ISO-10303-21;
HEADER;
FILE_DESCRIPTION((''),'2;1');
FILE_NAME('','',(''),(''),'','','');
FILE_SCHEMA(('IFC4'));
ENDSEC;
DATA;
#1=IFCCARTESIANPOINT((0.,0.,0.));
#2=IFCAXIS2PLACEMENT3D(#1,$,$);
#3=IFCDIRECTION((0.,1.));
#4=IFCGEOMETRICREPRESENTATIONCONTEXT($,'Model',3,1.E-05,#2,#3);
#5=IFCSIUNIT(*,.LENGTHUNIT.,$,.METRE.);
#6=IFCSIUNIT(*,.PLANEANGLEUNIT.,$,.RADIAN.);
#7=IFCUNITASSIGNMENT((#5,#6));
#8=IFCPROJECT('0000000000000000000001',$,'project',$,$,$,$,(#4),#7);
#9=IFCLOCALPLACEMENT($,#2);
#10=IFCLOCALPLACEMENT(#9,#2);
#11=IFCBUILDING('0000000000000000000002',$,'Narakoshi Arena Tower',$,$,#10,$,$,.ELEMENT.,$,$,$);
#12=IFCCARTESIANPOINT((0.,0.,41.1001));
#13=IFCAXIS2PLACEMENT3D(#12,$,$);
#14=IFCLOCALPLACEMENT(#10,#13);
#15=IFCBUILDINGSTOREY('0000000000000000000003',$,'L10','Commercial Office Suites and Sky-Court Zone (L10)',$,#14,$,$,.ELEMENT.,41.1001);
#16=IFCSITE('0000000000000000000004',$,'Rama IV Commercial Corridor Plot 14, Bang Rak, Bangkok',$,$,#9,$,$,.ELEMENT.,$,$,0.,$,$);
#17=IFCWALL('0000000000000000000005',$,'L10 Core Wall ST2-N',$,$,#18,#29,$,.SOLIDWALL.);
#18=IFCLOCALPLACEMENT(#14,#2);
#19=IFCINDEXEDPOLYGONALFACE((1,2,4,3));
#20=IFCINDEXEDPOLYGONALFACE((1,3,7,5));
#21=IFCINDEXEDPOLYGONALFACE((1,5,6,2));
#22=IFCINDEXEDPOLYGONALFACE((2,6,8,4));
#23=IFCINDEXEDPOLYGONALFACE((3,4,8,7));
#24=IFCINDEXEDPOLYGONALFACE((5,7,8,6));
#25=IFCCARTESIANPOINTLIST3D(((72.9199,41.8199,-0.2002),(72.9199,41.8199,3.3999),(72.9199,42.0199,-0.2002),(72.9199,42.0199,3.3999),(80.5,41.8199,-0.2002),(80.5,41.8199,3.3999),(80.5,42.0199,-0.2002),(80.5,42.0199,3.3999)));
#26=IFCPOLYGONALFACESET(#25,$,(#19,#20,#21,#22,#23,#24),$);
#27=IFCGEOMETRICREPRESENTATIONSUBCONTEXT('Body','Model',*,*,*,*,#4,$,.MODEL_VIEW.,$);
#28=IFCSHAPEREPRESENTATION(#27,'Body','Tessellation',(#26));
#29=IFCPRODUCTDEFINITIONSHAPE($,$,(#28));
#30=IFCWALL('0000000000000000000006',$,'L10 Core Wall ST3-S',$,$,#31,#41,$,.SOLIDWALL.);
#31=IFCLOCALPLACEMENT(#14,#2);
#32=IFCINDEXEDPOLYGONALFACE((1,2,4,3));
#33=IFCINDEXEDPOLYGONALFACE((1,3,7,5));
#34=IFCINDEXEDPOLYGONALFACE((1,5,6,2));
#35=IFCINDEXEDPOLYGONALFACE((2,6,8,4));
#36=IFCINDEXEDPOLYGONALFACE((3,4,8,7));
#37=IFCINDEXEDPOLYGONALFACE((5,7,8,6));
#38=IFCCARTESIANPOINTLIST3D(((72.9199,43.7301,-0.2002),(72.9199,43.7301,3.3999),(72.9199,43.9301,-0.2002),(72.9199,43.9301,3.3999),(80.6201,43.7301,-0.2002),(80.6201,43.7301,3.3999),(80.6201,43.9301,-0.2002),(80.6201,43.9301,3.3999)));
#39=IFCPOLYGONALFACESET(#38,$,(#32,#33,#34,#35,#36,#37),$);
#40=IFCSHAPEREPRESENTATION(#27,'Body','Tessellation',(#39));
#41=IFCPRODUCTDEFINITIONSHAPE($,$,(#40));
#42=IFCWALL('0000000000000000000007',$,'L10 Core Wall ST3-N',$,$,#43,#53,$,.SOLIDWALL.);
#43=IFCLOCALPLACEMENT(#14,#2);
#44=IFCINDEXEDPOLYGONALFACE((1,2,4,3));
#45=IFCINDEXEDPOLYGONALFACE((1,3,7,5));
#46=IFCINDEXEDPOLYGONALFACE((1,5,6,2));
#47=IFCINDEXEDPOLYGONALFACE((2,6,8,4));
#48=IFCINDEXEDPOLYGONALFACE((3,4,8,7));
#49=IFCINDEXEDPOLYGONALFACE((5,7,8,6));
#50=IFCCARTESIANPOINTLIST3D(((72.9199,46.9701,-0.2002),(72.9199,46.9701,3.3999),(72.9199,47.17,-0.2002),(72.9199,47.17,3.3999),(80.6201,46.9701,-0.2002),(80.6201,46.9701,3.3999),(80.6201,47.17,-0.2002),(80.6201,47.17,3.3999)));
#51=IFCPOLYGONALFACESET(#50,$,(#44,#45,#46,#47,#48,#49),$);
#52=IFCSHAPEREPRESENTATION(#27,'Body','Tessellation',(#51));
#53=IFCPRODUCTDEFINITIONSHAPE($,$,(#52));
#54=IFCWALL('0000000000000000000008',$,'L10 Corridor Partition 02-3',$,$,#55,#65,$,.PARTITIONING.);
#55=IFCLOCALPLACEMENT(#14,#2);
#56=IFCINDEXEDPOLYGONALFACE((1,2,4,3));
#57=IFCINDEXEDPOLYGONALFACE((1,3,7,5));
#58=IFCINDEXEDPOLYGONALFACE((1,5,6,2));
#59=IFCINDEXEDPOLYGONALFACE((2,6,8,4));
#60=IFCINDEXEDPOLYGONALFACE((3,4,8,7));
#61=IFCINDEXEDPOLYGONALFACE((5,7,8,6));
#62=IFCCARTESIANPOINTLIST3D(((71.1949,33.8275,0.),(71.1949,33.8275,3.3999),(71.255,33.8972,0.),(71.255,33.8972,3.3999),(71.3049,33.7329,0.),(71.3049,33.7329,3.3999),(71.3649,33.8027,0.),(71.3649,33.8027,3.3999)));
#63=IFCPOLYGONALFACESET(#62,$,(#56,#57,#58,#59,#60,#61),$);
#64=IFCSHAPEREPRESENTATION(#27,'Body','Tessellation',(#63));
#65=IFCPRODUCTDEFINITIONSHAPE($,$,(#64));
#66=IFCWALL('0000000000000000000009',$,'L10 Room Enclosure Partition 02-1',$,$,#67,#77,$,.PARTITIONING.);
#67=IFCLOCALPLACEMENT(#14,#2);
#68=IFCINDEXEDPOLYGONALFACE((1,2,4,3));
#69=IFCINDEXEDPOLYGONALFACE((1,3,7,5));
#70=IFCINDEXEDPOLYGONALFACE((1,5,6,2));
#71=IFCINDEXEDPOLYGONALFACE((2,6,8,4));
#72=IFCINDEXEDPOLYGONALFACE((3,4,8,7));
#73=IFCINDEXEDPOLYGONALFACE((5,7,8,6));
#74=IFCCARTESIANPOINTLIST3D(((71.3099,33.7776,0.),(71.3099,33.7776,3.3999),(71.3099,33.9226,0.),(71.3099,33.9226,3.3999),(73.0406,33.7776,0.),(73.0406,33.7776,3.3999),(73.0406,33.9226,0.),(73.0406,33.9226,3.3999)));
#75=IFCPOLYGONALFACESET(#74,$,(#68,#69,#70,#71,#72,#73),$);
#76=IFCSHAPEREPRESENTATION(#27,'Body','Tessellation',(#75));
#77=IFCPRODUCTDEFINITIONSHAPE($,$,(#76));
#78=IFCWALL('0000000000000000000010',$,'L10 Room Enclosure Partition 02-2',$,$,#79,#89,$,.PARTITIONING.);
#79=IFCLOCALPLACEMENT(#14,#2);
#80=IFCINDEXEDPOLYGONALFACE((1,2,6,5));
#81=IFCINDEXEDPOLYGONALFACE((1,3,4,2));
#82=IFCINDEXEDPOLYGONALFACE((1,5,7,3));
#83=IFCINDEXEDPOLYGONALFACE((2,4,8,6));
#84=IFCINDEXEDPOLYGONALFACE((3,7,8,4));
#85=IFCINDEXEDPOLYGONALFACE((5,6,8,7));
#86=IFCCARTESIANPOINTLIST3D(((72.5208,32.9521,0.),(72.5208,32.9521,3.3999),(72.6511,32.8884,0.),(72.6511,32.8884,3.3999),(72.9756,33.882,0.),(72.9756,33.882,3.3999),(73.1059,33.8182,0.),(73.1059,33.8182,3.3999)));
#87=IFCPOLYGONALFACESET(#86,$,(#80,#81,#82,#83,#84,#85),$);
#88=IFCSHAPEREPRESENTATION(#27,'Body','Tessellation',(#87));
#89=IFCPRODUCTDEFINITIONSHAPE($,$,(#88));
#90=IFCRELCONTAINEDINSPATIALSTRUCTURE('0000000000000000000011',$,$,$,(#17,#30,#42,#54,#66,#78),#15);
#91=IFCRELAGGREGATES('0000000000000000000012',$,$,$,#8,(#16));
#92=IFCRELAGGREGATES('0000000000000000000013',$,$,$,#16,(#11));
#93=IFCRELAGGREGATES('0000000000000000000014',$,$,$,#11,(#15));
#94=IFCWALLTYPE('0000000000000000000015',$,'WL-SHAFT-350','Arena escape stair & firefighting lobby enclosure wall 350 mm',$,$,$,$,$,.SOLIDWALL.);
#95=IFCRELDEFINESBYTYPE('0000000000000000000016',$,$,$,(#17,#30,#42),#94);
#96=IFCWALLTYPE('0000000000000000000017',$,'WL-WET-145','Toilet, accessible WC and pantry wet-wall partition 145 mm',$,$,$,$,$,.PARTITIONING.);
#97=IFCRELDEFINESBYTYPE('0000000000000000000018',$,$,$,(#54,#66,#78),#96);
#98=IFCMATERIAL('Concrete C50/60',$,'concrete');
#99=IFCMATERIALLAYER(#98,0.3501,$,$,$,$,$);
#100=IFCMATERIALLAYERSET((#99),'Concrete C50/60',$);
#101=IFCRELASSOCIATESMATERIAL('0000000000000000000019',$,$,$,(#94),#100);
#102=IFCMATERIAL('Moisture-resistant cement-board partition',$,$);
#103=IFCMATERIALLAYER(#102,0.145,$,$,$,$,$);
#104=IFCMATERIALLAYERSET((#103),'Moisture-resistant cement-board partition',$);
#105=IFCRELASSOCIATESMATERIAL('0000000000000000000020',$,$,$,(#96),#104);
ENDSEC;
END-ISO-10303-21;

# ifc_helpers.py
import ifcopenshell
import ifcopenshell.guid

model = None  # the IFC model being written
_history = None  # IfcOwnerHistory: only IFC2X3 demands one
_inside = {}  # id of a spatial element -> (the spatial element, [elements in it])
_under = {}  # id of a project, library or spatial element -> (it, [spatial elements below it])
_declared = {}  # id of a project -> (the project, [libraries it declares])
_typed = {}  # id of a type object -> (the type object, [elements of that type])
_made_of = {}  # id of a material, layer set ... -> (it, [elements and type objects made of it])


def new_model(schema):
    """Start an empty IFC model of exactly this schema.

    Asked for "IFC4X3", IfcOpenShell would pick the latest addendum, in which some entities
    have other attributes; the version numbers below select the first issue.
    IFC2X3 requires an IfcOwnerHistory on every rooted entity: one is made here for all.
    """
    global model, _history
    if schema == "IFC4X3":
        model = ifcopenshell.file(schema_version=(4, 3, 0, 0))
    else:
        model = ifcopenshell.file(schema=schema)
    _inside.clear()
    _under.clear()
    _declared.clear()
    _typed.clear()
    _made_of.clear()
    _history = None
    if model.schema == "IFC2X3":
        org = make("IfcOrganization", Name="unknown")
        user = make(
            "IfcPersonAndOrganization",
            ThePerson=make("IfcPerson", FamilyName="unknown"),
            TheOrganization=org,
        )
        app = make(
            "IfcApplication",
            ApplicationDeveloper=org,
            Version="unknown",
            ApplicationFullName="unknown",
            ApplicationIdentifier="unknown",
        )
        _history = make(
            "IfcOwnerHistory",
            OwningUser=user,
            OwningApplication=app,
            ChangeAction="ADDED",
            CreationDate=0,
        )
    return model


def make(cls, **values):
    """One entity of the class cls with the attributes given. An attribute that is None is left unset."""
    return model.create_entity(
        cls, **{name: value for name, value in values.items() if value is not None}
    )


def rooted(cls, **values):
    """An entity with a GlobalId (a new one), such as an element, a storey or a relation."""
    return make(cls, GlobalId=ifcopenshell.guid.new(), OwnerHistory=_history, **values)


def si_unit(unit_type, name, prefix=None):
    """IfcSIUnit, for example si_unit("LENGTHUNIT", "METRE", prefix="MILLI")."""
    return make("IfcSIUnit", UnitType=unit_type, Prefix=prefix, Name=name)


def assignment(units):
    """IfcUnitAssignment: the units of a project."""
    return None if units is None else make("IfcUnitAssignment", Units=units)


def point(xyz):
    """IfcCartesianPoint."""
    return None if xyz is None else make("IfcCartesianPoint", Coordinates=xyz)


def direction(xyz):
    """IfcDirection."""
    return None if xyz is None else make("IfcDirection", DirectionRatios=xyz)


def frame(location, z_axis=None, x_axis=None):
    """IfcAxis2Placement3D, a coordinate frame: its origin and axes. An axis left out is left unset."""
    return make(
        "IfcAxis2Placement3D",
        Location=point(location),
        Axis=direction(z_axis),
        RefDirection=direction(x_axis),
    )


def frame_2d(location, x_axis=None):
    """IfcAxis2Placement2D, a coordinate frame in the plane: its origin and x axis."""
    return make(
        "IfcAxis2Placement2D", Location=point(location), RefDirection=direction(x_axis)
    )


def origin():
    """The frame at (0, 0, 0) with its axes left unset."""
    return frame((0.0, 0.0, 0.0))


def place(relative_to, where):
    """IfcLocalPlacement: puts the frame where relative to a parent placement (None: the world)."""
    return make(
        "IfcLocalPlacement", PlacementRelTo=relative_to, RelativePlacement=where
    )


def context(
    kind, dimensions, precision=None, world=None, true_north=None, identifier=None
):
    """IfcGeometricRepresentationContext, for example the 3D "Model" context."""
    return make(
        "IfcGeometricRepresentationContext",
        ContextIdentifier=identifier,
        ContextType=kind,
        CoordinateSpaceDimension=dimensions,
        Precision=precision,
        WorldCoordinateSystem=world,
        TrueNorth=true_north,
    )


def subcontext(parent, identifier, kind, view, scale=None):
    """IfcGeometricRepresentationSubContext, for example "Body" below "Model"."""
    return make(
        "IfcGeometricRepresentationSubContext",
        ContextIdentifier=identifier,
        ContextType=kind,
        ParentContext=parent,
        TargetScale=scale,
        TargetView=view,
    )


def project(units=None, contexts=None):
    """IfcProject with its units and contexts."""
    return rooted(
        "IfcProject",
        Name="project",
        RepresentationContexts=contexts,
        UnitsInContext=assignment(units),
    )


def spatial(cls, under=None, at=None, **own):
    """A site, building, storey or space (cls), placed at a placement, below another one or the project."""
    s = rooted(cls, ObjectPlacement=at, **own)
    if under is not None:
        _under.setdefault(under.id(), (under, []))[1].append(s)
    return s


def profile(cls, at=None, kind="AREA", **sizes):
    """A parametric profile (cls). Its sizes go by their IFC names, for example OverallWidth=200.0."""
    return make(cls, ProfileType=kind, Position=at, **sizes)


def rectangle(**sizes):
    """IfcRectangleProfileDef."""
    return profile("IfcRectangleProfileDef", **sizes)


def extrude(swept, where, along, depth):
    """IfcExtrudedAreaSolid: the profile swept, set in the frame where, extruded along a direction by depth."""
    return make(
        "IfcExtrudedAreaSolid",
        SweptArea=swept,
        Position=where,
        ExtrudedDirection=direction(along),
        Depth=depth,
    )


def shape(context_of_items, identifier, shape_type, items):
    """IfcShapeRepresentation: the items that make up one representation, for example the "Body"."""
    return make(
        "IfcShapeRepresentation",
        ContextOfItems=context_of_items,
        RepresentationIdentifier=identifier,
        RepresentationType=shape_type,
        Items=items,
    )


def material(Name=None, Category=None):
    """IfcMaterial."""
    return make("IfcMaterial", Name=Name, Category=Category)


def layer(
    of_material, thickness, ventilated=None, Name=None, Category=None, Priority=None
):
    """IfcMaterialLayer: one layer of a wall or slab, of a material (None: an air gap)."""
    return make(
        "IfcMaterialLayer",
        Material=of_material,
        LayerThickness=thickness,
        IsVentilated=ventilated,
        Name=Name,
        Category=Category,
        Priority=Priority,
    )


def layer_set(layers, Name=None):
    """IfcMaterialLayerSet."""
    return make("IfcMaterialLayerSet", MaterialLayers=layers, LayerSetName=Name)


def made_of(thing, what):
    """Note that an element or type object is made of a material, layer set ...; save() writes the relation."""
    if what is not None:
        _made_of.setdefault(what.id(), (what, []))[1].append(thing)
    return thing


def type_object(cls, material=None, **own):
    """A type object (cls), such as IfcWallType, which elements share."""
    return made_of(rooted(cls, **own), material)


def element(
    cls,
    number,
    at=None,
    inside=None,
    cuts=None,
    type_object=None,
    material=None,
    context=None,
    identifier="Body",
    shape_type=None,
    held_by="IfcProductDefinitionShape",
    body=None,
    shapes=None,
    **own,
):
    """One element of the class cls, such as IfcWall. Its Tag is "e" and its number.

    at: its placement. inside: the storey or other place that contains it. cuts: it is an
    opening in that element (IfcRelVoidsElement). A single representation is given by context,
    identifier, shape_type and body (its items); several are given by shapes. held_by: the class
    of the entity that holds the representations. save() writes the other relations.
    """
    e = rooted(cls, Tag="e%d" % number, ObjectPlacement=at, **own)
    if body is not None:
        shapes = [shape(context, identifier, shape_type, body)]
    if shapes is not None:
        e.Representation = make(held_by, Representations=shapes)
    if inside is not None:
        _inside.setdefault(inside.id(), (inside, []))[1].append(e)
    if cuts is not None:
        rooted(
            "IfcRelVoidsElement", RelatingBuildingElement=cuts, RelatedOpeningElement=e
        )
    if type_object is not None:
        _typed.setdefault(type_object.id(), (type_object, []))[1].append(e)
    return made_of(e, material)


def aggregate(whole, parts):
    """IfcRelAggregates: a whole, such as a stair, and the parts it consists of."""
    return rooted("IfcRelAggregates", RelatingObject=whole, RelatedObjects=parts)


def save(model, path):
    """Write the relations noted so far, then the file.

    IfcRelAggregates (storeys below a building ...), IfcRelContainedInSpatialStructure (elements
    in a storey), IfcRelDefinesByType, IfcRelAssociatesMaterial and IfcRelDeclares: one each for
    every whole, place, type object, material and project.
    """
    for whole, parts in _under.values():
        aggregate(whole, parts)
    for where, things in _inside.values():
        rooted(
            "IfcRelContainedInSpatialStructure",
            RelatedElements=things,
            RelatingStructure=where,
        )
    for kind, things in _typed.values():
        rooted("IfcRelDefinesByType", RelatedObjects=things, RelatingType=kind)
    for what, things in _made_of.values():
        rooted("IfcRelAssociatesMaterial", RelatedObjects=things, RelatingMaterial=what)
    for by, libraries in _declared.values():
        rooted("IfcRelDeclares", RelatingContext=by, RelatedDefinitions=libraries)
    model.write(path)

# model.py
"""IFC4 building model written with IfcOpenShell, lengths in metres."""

from ifc_helpers import new_model, si_unit, direction, frame, frame_2d, origin, place, context, subcontext, project, spatial, rectangle, extrude, material, layer, layer_set, type_object, element, save


model = new_model("IFC4")

# Units and contexts
model_context = context("Model", 3, precision=1e-05, world=origin(), true_north=direction((0.0, 1.0)))
body_context = subcontext(model_context, "Body", "Model", "MODEL_VIEW")
ifc_project = project(units=[si_unit("LENGTHUNIT", "METRE"), si_unit("PLANEANGLEUNIT", "RADIAN")], contexts=[model_context])

# Site, building, storey
site_placement = place(None, origin())
site = spatial("IfcSite", under=ifc_project, at=site_placement, Name="Rama IV Commercial Corridor Plot 14, Bang Rak, Bangkok", CompositionType="ELEMENT", RefElevation=0.0)
building_placement = place(site_placement, origin())
building = spatial("IfcBuilding", under=site, at=building_placement, Name="Narakoshi Arena Tower", CompositionType="ELEMENT")
storey_placement = place(building_placement, frame((0.0, 0.0, 41.1001)))
storey = spatial("IfcBuildingStorey", under=building, at=storey_placement, Name="L10", Description="Commercial Office Suites and Sky-Court Zone (L10)", CompositionType="ELEMENT", Elevation=41.1001)

# Walls
ifc_material_1 = material(Name="Concrete C50/60", Category="concrete")
ifc_layer_1 = layer(ifc_material_1, 0.3501)
ifc_layer_set_1 = layer_set([ifc_layer_1], Name="Concrete C50/60")
wall_type_1 = type_object("IfcWallType", Name="WL-SHAFT-350", Description="Arena escape stair & firefighting lobby enclosure wall 350 mm", PredefinedType="SOLIDWALL", material=ifc_layer_set_1)
wall_1_placement = place(storey_placement, frame((72.9199, 41.9199, -0.2002), z_axis=(0.0, 0.0, 1.0), x_axis=(1.0, 0.0, 0.0)))
element("IfcWall", 1, at=wall_1_placement, inside=storey, type_object=wall_type_1, Name="L10 Core Wall ST2-N", PredefinedType="SOLIDWALL", context=body_context, shape_type="SweptSolid", body=[
    extrude(rectangle(XDim=7.5801, YDim=0.2, at=frame_2d((3.79, 0.0))), origin(), (0.0, 0.0, 1.0), 3.6001),
])
for number, where, z_axis, x_axis, name in (
    (2, (72.9199, 43.8301, -0.2002), (0.0, 0.0, 1.0), (1.0, 0.0, 0.0), "L10 Core Wall ST3-S"),
    (3, (72.9199, 47.0701, -0.2002), (0.0, 0.0, 1.0), (1.0, 0.0, 0.0), "L10 Core Wall ST3-N"),
):
    element("IfcWall", number, at=place(storey_placement, frame(where, z_axis=z_axis, x_axis=x_axis)), inside=storey, type_object=wall_type_1, Name=name, PredefinedType="SOLIDWALL", context=body_context, shape_type="SweptSolid", body=[
        extrude(rectangle(XDim=7.7002, YDim=0.2, at=frame_2d((3.8501, 0.0))), origin(), (0.0, 0.0, 1.0), 3.6001),
    ])
ifc_material_2 = material(Name="Moisture-resistant cement-board partition")
ifc_layer_2 = layer(ifc_material_2, 0.145)
ifc_layer_set_2 = layer_set([ifc_layer_2], Name="Moisture-resistant cement-board partition")
wall_type_2 = type_object("IfcWallType", Name="WL-WET-145", Description="Toilet, accessible WC and pantry wet-wall partition 145 mm", PredefinedType="PARTITIONING", material=ifc_layer_set_2)
wall_2_placement = place(storey_placement, frame((71.25, 33.7803, 0.0), z_axis=(0.0, 0.0, 1.0), x_axis=(0.6521, 0.758133, 0.0)))
element("IfcWall", 4, at=wall_2_placement, inside=storey, type_object=wall_type_2, Name="L10 Corridor Partition 02-3", PredefinedType="PARTITIONING", context=body_context, shape_type="SweptSolid", body=[
    extrude(rectangle(XDim=0.092, YDim=0.145, at=frame_2d((0.0459, 0.0))), origin(), (0.0, 0.0, 1.0), 3.3999),
])
wall_3_placement = place(storey_placement, frame((71.3101, 33.8501, 0.0), z_axis=(0.0, 0.0, 1.0), x_axis=(1.0, 0.0, 0.0)))
element("IfcWall", 5, at=wall_3_placement, inside=storey, type_object=wall_type_2, Name="L10 Room Enclosure Partition 02-1", PredefinedType="PARTITIONING", context=body_context, shape_type="SweptSolid", body=[
    extrude(rectangle(XDim=1.7307, YDim=0.145, at=frame_2d((0.8652, 0.0))), origin(), (0.0, 0.0, 1.0), 3.3999),
])
wall_4_placement = place(storey_placement, frame((73.0408, 33.8501, 0.0), z_axis=(0.0, 0.0, 1.0), x_axis=(-0.439367, -0.898308, 0.0)))
element("IfcWall", 6, at=wall_4_placement, inside=storey, type_object=wall_type_2, Name="L10 Room Enclosure Partition 02-2", PredefinedType="PARTITIONING", context=body_context, shape_type="SweptSolid", body=[
    extrude(rectangle(XDim=1.0352, YDim=0.145, at=frame_2d((0.5176, 0.0))), origin(), (0.0, 0.0, 1.0), 3.3999),
])

save(model, "model.ifc")
